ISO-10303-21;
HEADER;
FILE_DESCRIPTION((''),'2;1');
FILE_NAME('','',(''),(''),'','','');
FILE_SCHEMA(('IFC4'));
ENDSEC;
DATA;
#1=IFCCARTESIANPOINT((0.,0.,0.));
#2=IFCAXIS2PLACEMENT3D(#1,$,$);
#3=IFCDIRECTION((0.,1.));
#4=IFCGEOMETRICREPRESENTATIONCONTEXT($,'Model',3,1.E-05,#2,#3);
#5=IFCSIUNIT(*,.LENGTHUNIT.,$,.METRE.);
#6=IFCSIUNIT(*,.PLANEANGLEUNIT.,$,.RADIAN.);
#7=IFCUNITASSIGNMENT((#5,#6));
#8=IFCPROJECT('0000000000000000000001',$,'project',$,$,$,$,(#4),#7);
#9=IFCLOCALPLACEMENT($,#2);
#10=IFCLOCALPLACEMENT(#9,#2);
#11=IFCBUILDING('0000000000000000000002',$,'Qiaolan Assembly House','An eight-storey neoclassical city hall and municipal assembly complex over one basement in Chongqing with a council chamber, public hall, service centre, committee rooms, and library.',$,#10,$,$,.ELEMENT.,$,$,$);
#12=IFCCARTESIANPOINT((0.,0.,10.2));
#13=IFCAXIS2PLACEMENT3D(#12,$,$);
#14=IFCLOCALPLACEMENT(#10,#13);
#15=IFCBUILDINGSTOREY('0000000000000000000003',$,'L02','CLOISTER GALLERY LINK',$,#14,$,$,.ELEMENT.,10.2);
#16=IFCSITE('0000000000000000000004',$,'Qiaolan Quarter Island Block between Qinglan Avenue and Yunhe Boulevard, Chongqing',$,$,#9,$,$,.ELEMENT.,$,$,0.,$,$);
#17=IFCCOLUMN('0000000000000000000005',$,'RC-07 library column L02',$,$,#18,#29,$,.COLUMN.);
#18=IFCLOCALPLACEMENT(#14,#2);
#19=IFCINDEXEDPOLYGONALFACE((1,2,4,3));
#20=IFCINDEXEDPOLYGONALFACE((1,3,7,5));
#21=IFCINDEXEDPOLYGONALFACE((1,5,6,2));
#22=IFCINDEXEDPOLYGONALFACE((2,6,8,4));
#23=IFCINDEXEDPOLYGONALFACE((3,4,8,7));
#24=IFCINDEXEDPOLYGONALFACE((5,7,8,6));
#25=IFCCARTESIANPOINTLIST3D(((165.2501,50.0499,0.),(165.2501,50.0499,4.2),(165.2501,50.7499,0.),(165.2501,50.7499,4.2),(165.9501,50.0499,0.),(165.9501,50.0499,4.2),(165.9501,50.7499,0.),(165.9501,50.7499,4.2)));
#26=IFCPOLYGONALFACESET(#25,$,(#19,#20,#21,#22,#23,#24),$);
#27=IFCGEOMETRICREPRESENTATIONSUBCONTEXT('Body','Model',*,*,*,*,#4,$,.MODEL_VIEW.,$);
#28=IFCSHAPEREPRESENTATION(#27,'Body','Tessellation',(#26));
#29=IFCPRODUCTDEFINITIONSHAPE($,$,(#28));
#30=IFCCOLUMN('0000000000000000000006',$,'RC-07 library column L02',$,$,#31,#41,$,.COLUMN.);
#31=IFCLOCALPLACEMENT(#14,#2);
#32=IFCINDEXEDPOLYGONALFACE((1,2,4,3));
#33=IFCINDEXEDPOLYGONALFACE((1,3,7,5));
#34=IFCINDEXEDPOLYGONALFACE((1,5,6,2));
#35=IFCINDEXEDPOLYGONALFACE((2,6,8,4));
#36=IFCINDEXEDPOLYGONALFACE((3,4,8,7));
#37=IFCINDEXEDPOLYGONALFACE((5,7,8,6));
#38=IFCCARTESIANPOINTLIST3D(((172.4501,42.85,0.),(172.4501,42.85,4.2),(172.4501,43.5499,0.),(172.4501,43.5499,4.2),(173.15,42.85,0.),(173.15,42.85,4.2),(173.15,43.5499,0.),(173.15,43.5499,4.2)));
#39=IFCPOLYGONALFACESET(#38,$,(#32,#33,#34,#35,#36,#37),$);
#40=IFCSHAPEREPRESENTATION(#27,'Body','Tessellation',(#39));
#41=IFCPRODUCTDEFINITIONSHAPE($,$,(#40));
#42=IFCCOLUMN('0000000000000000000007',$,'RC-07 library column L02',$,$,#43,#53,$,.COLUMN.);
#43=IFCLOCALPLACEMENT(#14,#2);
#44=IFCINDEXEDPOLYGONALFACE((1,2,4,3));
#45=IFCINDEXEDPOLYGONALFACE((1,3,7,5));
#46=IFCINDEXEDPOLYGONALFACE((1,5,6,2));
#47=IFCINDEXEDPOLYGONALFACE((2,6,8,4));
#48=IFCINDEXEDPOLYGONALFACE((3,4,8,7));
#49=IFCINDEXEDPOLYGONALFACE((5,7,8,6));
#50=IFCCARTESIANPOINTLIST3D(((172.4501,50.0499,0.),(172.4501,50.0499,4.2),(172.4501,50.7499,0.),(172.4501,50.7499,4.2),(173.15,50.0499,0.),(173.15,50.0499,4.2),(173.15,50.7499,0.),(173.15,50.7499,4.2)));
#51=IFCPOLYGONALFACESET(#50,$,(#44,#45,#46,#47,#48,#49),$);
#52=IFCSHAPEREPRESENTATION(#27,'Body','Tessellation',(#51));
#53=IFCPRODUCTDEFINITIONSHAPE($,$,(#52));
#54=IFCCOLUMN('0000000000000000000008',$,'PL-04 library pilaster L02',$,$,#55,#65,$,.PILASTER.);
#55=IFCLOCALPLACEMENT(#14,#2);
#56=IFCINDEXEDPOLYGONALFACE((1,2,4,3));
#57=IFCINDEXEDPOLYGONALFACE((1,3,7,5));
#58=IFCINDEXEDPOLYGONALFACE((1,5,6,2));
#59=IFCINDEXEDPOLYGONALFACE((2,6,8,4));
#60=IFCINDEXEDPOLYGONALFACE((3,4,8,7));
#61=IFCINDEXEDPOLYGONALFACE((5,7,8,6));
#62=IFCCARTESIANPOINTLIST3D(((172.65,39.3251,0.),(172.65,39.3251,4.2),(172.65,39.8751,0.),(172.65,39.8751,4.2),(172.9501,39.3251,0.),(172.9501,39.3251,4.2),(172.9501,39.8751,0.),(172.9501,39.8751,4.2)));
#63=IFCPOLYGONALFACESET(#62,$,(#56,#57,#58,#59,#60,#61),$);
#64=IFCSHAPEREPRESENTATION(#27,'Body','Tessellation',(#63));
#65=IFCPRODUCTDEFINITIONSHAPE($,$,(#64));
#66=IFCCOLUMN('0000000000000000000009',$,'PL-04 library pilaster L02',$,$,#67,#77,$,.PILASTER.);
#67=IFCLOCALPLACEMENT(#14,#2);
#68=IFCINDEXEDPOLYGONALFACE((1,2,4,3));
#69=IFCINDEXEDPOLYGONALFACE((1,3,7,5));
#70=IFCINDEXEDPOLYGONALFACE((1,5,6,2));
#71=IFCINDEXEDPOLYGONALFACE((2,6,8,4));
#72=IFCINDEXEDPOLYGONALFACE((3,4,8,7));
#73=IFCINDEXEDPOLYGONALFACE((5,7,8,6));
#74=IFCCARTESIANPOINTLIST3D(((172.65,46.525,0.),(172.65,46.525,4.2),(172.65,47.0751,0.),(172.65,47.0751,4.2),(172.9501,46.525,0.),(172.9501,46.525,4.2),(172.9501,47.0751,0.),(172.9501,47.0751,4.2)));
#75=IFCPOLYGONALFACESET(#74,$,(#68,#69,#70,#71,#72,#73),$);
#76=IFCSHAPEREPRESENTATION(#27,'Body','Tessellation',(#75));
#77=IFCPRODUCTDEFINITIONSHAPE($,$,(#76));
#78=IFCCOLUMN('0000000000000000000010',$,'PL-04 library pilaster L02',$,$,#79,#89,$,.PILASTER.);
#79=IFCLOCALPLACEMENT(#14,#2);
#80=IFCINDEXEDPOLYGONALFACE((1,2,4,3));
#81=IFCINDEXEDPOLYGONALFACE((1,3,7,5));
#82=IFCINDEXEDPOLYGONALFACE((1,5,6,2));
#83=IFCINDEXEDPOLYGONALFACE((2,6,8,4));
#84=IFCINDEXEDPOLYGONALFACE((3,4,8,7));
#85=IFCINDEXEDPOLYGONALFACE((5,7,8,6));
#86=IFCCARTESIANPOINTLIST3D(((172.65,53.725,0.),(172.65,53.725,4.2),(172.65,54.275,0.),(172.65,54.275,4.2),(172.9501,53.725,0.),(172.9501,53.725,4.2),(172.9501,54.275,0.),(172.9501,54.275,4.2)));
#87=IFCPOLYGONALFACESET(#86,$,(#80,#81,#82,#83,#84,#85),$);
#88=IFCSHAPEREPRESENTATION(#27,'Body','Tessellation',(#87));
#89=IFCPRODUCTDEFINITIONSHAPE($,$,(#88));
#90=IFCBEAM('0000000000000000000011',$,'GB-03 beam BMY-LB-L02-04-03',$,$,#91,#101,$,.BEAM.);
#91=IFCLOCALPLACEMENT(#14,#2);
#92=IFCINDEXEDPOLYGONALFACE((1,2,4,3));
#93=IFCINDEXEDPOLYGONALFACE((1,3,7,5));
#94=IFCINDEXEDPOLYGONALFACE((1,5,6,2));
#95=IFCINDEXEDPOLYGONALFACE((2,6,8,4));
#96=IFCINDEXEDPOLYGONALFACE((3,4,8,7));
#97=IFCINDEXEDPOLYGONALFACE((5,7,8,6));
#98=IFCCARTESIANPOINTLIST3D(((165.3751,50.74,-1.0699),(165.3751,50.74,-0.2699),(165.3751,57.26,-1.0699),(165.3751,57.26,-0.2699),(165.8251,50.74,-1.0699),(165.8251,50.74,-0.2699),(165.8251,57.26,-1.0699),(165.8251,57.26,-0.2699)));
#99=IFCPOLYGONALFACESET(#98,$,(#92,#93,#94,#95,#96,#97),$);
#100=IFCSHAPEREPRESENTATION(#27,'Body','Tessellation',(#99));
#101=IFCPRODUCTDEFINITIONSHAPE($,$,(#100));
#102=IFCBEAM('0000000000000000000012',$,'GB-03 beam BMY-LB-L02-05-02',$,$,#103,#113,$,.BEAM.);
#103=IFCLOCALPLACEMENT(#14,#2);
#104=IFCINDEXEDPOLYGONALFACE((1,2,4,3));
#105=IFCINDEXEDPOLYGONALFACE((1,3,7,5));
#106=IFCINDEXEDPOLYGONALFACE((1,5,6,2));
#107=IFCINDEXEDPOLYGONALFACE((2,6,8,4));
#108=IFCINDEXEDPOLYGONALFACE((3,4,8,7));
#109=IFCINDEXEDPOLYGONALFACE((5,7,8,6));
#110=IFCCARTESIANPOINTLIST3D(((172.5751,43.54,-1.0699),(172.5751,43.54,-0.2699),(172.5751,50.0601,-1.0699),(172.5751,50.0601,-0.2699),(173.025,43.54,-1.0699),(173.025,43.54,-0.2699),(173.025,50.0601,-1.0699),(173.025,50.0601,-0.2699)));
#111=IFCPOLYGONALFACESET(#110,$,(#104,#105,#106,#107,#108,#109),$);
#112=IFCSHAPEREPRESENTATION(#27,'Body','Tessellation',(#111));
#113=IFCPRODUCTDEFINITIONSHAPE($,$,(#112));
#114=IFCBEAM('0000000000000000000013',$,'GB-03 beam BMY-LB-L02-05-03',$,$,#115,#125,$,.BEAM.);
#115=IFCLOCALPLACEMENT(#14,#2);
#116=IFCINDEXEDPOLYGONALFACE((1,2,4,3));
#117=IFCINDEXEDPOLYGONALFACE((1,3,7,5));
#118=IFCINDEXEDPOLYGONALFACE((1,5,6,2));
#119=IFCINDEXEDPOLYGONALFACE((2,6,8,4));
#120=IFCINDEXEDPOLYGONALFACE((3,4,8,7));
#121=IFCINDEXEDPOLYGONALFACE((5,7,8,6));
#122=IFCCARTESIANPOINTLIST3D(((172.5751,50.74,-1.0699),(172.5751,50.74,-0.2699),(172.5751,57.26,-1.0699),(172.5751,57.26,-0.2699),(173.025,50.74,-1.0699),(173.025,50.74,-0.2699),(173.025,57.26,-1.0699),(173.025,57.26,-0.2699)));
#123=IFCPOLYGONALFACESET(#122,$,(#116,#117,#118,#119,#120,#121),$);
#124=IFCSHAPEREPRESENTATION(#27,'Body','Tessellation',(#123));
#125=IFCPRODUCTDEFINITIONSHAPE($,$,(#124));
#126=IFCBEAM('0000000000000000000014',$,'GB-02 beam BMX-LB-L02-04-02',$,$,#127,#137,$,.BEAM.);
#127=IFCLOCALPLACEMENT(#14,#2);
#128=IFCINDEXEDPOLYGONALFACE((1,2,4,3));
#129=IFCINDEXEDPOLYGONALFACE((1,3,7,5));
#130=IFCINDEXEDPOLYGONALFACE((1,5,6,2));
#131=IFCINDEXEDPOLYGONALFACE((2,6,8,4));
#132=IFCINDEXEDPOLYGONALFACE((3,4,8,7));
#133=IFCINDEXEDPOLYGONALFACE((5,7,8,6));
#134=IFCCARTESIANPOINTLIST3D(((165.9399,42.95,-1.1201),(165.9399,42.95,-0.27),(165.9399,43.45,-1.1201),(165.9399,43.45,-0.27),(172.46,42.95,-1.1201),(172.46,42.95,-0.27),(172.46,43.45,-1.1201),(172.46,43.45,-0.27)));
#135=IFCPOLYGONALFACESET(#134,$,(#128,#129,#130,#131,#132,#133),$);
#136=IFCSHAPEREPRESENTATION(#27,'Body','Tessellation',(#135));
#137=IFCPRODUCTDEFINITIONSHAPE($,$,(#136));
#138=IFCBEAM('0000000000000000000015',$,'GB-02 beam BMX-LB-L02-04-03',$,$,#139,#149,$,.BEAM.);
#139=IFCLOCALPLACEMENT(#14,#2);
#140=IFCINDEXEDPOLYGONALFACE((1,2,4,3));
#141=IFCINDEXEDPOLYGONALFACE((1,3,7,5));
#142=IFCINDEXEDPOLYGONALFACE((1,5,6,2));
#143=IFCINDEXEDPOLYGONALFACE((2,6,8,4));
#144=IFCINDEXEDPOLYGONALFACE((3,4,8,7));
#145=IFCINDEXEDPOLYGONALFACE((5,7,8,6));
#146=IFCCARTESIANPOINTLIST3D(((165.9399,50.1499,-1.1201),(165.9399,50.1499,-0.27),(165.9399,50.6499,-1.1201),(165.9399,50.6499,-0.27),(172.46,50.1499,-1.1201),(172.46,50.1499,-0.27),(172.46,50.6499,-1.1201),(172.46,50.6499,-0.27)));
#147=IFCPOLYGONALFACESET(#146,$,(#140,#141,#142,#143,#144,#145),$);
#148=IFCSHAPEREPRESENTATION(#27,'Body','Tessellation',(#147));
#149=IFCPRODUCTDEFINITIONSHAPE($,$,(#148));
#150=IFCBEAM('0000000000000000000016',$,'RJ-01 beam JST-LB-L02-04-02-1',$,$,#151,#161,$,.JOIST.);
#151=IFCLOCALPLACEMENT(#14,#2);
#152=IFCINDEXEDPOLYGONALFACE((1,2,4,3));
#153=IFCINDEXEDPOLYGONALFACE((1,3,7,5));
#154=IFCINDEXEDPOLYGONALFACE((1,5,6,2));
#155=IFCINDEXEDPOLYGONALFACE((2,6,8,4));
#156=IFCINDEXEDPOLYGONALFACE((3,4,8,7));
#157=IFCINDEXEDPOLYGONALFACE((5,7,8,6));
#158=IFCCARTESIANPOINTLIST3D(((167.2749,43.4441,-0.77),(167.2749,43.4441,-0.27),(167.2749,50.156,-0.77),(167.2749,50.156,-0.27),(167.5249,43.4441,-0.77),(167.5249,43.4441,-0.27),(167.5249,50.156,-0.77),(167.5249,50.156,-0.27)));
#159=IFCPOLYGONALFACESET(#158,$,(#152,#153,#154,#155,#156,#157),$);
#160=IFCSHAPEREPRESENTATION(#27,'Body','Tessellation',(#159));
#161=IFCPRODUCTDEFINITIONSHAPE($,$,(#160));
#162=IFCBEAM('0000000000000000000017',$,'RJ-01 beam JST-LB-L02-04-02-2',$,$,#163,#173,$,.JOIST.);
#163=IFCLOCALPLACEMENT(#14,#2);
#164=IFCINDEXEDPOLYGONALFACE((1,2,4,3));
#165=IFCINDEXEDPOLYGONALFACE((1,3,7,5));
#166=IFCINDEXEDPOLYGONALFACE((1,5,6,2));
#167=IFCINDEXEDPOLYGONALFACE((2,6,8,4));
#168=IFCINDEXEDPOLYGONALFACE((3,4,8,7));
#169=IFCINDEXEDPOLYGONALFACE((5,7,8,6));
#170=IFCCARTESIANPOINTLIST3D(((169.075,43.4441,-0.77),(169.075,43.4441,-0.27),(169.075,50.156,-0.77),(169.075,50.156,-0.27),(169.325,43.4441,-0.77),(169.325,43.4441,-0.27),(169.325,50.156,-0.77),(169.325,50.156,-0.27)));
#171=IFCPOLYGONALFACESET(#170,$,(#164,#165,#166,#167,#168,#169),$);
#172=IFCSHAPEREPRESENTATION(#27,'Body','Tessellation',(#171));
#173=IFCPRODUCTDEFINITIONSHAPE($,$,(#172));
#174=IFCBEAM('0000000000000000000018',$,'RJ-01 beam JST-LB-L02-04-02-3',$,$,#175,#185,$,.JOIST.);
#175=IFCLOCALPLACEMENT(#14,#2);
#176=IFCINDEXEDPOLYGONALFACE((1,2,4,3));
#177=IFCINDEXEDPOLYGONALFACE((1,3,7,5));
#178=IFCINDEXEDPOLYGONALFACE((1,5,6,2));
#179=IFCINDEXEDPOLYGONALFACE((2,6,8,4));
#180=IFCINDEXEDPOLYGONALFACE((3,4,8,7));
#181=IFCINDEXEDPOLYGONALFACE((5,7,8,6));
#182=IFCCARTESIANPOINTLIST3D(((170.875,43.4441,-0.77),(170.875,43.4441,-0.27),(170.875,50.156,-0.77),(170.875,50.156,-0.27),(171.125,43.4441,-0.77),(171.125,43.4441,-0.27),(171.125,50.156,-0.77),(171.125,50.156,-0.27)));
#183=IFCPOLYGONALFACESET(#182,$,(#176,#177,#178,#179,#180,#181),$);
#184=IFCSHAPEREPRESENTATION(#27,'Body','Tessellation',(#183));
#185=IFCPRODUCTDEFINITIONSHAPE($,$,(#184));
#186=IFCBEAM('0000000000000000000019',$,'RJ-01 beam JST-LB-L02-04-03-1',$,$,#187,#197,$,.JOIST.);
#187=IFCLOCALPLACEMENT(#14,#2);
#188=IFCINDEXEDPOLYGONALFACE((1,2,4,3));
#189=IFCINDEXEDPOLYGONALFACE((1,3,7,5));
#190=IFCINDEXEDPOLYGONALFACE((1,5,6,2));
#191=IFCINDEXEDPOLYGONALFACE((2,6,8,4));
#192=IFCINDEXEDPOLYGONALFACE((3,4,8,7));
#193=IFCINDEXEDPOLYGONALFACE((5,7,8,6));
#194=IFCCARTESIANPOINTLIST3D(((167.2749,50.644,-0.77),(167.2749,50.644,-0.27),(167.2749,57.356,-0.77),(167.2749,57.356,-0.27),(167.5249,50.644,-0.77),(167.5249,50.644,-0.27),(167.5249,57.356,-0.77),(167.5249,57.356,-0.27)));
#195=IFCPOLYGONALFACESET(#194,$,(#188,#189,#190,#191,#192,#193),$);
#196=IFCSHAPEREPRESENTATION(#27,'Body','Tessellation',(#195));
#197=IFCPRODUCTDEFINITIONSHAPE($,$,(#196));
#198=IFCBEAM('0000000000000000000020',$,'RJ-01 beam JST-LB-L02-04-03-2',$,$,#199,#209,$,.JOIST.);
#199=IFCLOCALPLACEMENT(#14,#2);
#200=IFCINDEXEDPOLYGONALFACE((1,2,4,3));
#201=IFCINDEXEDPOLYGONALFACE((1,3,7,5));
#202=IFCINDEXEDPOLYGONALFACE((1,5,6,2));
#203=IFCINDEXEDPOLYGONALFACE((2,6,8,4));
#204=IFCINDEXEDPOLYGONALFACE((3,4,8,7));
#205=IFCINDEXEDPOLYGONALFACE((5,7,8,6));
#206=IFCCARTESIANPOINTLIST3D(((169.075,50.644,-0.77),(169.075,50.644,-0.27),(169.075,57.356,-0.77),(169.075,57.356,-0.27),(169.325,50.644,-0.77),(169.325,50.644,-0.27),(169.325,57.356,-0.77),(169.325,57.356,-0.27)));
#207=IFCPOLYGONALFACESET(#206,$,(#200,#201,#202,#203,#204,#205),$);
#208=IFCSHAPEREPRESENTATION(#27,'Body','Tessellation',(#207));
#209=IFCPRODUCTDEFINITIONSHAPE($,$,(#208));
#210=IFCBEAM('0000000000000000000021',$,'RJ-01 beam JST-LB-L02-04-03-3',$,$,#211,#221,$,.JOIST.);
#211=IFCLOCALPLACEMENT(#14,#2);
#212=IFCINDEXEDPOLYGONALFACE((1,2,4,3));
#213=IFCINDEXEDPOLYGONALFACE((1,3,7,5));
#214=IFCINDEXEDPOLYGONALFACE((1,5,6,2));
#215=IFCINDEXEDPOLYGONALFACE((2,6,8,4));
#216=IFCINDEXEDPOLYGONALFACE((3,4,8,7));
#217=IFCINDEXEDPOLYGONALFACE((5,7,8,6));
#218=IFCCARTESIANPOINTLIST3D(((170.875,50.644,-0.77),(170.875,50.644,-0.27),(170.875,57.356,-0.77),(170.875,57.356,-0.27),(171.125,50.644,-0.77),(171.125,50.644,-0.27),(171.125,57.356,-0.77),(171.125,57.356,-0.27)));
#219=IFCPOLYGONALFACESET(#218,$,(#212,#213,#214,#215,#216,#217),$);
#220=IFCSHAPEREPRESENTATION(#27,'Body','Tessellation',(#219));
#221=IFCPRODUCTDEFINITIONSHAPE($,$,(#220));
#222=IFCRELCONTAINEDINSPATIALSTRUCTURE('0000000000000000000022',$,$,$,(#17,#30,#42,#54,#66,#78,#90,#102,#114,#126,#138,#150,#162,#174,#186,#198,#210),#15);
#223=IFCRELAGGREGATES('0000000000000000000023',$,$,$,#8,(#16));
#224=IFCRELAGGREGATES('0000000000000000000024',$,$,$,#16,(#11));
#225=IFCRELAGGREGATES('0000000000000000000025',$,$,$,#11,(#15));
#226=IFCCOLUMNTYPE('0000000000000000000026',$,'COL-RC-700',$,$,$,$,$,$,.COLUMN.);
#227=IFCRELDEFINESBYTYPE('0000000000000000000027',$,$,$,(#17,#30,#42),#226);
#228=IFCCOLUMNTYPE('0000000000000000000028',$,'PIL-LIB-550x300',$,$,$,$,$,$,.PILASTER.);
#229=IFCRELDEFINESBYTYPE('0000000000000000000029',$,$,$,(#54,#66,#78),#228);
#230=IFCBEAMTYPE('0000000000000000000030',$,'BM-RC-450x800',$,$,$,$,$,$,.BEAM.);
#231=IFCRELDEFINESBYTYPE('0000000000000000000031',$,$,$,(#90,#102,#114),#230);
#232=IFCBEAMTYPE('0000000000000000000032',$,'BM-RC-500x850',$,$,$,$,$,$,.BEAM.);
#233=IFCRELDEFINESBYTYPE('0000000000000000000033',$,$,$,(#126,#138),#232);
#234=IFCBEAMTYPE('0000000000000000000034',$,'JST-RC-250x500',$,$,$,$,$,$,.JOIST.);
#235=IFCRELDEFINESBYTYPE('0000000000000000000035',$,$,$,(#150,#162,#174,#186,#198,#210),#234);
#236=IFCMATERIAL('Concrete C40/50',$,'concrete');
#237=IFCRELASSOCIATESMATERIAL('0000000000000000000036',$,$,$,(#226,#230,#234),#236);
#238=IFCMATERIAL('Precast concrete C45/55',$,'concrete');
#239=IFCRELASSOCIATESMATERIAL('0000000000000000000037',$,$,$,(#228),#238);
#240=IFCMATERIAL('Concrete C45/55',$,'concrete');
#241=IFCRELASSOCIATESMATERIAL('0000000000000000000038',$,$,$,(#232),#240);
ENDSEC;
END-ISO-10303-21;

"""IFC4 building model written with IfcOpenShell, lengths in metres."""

from ifc_helpers import new_model, si_unit, direction, frame, origin, origin_2d, place, context, subcontext, project, spatial, rectangle, extrude, material, material_profile, profile_set, type_object, element, save


model = new_model("IFC4")

# Units and contexts
model_context = context("Model", 3, precision=1e-05, world=origin(), true_north=direction((0.0, 1.0)))
body_context = subcontext(model_context, "Body", "Model", "MODEL_VIEW")
ifc_project = project(units=[si_unit("LENGTHUNIT", "METRE"), si_unit("PLANEANGLEUNIT", "RADIAN")], contexts=[model_context])

# Site, building, storey
site_placement = place(None, origin())
site = spatial("IfcSite", under=ifc_project, at=site_placement, Name="Qiaolan Quarter Island Block between Qinglan Avenue and Yunhe Boulevard, Chongqing", CompositionType="ELEMENT", RefElevation=0.0)
building_placement = place(site_placement, origin())
building = spatial("IfcBuilding", under=site, at=building_placement, Name="Qiaolan Assembly House", Description="An eight-storey neoclassical city hall and municipal assembly complex over one basement in Chongqing with a council chamber, public hall, service centre, committee rooms, and library.", CompositionType="ELEMENT")
storey_placement = place(building_placement, frame((0.0, 0.0, 10.2)))
storey = spatial("IfcBuildingStorey", under=building, at=storey_placement, Name="L02", Description="CLOISTER GALLERY LINK", CompositionType="ELEMENT", Elevation=10.2)

# Columns
ifc_material_1 = material(Name="Concrete C40/50", Category="concrete")
ifc_material_profile_1 = material_profile(ifc_material_1, rectangle(XDim=0.7, YDim=0.7, at=origin_2d()), Name="RC 700x700")
ifc_profile_set_1 = profile_set([ifc_material_profile_1], Name="Concrete C40/50")
column_type_1 = type_object("IfcColumnType", Name="COL-RC-700", PredefinedType="COLUMN", material=ifc_profile_set_1)
for number, where, z_axis, x_axis, name in (
    (1, (165.6001, 50.3999, 0.0), (0.0, 0.0, 1.0), (1.0, 0.0, 0.0), "RC-07 library column L02"),
    (2, (172.8, 43.2, 0.0), (0.0, 0.0, 1.0), (1.0, 0.0, 0.0), "RC-07 library column L02"),
    (3, (172.8, 50.3999, 0.0), (0.0, 0.0, 1.0), (1.0, 0.0, 0.0), "RC-07 library column L02"),
):
    element("IfcColumn", number, at=place(storey_placement, frame(where, z_axis=z_axis, x_axis=x_axis)), inside=storey, type_object=column_type_1, Name=name, PredefinedType="COLUMN", context=body_context, shape_type="SweptSolid", body=[
        extrude(rectangle(XDim=0.7, YDim=0.7, at=origin_2d()), origin(), (0.0, 0.0, 1.0), 4.2),
    ])
ifc_material_2 = material(Name="Precast concrete C45/55", Category="concrete")
ifc_material_profile_2 = material_profile(ifc_material_2, rectangle(XDim=0.55, YDim=0.3, at=origin_2d()), Name="PIL 550x300")
ifc_profile_set_2 = profile_set([ifc_material_profile_2], Name="Precast concrete C45/55")
column_type_2 = type_object("IfcColumnType", Name="PIL-LIB-550x300", PredefinedType="PILASTER", material=ifc_profile_set_2)
for number, where, z_axis, x_axis, name in (
    (4, (172.8, 39.6001, 0.0), (0.0, 0.0, 1.0), (0.0, 1.0, 0.0), "PL-04 library pilaster L02"),
    (5, (172.8, 46.8, 0.0), (0.0, 0.0, 1.0), (0.0, 1.0, 0.0), "PL-04 library pilaster L02"),
    (6, (172.8, 54.0, 0.0), (0.0, 0.0, 1.0), (0.0, 1.0, 0.0), "PL-04 library pilaster L02"),
):
    element("IfcColumn", number, at=place(storey_placement, frame(where, z_axis=z_axis, x_axis=x_axis)), inside=storey, type_object=column_type_2, Name=name, PredefinedType="PILASTER", context=body_context, shape_type="SweptSolid", body=[
        extrude(rectangle(XDim=0.55, YDim=0.3, at=origin_2d()), origin(), (0.0, 0.0, 1.0), 4.2),
    ])

# Beams
ifc_material_profile_3 = material_profile(ifc_material_1, rectangle(XDim=0.45, YDim=0.8, at=origin_2d()), Name="RCB 450x800")
ifc_profile_set_3 = profile_set([ifc_material_profile_3], Name="Concrete C40/50")
beam_type_1 = type_object("IfcBeamType", Name="BM-RC-450x800", PredefinedType="BEAM", material=ifc_profile_set_3)
for number, where, z_axis, x_axis, name in (
    (7, (165.6001, 50.74, -0.6699), (0.0, 1.0, 0.0), (-1.0, 0.0, 0.0), "GB-03 beam BMY-LB-L02-04-03"),
    (8, (172.8, 43.54, -0.6699), (0.0, 1.0, 0.0), (-1.0, 0.0, 0.0), "GB-03 beam BMY-LB-L02-05-02"),
    (9, (172.8, 50.74, -0.6699), (0.0, 1.0, 0.0), (-1.0, 0.0, 0.0), "GB-03 beam BMY-LB-L02-05-03"),
):
    element("IfcBeam", number, at=place(storey_placement, frame(where, z_axis=z_axis, x_axis=x_axis)), inside=storey, type_object=beam_type_1, Name=name, PredefinedType="BEAM", context=body_context, shape_type="SweptSolid", body=[
        extrude(rectangle(XDim=0.45, YDim=0.8, at=origin_2d()), origin(), (0.0, 0.0, 1.0), 6.52),
    ])
ifc_material_3 = material(Name="Concrete C45/55", Category="concrete")
ifc_material_profile_4 = material_profile(ifc_material_3, rectangle(XDim=0.5, YDim=0.8501, at=origin_2d()), Name="RCB 500x850")
ifc_profile_set_4 = profile_set([ifc_material_profile_4], Name="Concrete C45/55")
beam_type_2 = type_object("IfcBeamType", Name="BM-RC-500x850", PredefinedType="BEAM", material=ifc_profile_set_4)
for number, where, z_axis, x_axis, name in (
    (10, (165.9399, 43.2, -0.6951), (1.0, 0.0, 0.0), (0.0, 1.0, 0.0), "GB-02 beam BMX-LB-L02-04-02"),
    (11, (165.9399, 50.3999, -0.6951), (1.0, 0.0, 0.0), (0.0, 1.0, 0.0), "GB-02 beam BMX-LB-L02-04-03"),
):
    element("IfcBeam", number, at=place(storey_placement, frame(where, z_axis=z_axis, x_axis=x_axis)), inside=storey, type_object=beam_type_2, Name=name, PredefinedType="BEAM", context=body_context, shape_type="SweptSolid", body=[
        extrude(rectangle(XDim=0.5, YDim=0.8501, at=origin_2d()), origin(), (0.0, 0.0, 1.0), 6.52),
    ])
ifc_material_profile_5 = material_profile(ifc_material_1, rectangle(XDim=0.25, YDim=0.5, at=origin_2d()), Name="RCB 250x500")
ifc_profile_set_5 = profile_set([ifc_material_profile_5], Name="Concrete C40/50")
beam_type_3 = type_object("IfcBeamType", Name="JST-RC-250x500", PredefinedType="JOIST", material=ifc_profile_set_5)
for number, where, z_axis, x_axis, name in (
    (12, (167.3999, 43.4441, -0.52), (0.0, 1.0, 0.0), (-1.0, 0.0, 0.0), "RJ-01 beam JST-LB-L02-04-02-1"),
    (13, (169.2, 43.4441, -0.52), (0.0, 1.0, 0.0), (-1.0, 0.0, 0.0), "RJ-01 beam JST-LB-L02-04-02-2"),
    (14, (171.0, 43.4441, -0.52), (0.0, 1.0, 0.0), (-1.0, 0.0, 0.0), "RJ-01 beam JST-LB-L02-04-02-3"),
    (15, (167.3999, 50.644, -0.52), (0.0, 1.0, 0.0), (-1.0, 0.0, 0.0), "RJ-01 beam JST-LB-L02-04-03-1"),
    (16, (169.2, 50.644, -0.52), (0.0, 1.0, 0.0), (-1.0, 0.0, 0.0), "RJ-01 beam JST-LB-L02-04-03-2"),
    (17, (171.0, 50.644, -0.52), (0.0, 1.0, 0.0), (-1.0, 0.0, 0.0), "RJ-01 beam JST-LB-L02-04-03-3"),
):
    element("IfcBeam", number, at=place(storey_placement, frame(where, z_axis=z_axis, x_axis=x_axis)), inside=storey, type_object=beam_type_3, Name=name, PredefinedType="JOIST", context=body_context, shape_type="SweptSolid", body=[
        extrude(rectangle(XDim=0.25, YDim=0.5, at=origin_2d()), origin(), (0.0, 0.0, 1.0), 6.7119),
    ])

save(model, "model.ifc")
